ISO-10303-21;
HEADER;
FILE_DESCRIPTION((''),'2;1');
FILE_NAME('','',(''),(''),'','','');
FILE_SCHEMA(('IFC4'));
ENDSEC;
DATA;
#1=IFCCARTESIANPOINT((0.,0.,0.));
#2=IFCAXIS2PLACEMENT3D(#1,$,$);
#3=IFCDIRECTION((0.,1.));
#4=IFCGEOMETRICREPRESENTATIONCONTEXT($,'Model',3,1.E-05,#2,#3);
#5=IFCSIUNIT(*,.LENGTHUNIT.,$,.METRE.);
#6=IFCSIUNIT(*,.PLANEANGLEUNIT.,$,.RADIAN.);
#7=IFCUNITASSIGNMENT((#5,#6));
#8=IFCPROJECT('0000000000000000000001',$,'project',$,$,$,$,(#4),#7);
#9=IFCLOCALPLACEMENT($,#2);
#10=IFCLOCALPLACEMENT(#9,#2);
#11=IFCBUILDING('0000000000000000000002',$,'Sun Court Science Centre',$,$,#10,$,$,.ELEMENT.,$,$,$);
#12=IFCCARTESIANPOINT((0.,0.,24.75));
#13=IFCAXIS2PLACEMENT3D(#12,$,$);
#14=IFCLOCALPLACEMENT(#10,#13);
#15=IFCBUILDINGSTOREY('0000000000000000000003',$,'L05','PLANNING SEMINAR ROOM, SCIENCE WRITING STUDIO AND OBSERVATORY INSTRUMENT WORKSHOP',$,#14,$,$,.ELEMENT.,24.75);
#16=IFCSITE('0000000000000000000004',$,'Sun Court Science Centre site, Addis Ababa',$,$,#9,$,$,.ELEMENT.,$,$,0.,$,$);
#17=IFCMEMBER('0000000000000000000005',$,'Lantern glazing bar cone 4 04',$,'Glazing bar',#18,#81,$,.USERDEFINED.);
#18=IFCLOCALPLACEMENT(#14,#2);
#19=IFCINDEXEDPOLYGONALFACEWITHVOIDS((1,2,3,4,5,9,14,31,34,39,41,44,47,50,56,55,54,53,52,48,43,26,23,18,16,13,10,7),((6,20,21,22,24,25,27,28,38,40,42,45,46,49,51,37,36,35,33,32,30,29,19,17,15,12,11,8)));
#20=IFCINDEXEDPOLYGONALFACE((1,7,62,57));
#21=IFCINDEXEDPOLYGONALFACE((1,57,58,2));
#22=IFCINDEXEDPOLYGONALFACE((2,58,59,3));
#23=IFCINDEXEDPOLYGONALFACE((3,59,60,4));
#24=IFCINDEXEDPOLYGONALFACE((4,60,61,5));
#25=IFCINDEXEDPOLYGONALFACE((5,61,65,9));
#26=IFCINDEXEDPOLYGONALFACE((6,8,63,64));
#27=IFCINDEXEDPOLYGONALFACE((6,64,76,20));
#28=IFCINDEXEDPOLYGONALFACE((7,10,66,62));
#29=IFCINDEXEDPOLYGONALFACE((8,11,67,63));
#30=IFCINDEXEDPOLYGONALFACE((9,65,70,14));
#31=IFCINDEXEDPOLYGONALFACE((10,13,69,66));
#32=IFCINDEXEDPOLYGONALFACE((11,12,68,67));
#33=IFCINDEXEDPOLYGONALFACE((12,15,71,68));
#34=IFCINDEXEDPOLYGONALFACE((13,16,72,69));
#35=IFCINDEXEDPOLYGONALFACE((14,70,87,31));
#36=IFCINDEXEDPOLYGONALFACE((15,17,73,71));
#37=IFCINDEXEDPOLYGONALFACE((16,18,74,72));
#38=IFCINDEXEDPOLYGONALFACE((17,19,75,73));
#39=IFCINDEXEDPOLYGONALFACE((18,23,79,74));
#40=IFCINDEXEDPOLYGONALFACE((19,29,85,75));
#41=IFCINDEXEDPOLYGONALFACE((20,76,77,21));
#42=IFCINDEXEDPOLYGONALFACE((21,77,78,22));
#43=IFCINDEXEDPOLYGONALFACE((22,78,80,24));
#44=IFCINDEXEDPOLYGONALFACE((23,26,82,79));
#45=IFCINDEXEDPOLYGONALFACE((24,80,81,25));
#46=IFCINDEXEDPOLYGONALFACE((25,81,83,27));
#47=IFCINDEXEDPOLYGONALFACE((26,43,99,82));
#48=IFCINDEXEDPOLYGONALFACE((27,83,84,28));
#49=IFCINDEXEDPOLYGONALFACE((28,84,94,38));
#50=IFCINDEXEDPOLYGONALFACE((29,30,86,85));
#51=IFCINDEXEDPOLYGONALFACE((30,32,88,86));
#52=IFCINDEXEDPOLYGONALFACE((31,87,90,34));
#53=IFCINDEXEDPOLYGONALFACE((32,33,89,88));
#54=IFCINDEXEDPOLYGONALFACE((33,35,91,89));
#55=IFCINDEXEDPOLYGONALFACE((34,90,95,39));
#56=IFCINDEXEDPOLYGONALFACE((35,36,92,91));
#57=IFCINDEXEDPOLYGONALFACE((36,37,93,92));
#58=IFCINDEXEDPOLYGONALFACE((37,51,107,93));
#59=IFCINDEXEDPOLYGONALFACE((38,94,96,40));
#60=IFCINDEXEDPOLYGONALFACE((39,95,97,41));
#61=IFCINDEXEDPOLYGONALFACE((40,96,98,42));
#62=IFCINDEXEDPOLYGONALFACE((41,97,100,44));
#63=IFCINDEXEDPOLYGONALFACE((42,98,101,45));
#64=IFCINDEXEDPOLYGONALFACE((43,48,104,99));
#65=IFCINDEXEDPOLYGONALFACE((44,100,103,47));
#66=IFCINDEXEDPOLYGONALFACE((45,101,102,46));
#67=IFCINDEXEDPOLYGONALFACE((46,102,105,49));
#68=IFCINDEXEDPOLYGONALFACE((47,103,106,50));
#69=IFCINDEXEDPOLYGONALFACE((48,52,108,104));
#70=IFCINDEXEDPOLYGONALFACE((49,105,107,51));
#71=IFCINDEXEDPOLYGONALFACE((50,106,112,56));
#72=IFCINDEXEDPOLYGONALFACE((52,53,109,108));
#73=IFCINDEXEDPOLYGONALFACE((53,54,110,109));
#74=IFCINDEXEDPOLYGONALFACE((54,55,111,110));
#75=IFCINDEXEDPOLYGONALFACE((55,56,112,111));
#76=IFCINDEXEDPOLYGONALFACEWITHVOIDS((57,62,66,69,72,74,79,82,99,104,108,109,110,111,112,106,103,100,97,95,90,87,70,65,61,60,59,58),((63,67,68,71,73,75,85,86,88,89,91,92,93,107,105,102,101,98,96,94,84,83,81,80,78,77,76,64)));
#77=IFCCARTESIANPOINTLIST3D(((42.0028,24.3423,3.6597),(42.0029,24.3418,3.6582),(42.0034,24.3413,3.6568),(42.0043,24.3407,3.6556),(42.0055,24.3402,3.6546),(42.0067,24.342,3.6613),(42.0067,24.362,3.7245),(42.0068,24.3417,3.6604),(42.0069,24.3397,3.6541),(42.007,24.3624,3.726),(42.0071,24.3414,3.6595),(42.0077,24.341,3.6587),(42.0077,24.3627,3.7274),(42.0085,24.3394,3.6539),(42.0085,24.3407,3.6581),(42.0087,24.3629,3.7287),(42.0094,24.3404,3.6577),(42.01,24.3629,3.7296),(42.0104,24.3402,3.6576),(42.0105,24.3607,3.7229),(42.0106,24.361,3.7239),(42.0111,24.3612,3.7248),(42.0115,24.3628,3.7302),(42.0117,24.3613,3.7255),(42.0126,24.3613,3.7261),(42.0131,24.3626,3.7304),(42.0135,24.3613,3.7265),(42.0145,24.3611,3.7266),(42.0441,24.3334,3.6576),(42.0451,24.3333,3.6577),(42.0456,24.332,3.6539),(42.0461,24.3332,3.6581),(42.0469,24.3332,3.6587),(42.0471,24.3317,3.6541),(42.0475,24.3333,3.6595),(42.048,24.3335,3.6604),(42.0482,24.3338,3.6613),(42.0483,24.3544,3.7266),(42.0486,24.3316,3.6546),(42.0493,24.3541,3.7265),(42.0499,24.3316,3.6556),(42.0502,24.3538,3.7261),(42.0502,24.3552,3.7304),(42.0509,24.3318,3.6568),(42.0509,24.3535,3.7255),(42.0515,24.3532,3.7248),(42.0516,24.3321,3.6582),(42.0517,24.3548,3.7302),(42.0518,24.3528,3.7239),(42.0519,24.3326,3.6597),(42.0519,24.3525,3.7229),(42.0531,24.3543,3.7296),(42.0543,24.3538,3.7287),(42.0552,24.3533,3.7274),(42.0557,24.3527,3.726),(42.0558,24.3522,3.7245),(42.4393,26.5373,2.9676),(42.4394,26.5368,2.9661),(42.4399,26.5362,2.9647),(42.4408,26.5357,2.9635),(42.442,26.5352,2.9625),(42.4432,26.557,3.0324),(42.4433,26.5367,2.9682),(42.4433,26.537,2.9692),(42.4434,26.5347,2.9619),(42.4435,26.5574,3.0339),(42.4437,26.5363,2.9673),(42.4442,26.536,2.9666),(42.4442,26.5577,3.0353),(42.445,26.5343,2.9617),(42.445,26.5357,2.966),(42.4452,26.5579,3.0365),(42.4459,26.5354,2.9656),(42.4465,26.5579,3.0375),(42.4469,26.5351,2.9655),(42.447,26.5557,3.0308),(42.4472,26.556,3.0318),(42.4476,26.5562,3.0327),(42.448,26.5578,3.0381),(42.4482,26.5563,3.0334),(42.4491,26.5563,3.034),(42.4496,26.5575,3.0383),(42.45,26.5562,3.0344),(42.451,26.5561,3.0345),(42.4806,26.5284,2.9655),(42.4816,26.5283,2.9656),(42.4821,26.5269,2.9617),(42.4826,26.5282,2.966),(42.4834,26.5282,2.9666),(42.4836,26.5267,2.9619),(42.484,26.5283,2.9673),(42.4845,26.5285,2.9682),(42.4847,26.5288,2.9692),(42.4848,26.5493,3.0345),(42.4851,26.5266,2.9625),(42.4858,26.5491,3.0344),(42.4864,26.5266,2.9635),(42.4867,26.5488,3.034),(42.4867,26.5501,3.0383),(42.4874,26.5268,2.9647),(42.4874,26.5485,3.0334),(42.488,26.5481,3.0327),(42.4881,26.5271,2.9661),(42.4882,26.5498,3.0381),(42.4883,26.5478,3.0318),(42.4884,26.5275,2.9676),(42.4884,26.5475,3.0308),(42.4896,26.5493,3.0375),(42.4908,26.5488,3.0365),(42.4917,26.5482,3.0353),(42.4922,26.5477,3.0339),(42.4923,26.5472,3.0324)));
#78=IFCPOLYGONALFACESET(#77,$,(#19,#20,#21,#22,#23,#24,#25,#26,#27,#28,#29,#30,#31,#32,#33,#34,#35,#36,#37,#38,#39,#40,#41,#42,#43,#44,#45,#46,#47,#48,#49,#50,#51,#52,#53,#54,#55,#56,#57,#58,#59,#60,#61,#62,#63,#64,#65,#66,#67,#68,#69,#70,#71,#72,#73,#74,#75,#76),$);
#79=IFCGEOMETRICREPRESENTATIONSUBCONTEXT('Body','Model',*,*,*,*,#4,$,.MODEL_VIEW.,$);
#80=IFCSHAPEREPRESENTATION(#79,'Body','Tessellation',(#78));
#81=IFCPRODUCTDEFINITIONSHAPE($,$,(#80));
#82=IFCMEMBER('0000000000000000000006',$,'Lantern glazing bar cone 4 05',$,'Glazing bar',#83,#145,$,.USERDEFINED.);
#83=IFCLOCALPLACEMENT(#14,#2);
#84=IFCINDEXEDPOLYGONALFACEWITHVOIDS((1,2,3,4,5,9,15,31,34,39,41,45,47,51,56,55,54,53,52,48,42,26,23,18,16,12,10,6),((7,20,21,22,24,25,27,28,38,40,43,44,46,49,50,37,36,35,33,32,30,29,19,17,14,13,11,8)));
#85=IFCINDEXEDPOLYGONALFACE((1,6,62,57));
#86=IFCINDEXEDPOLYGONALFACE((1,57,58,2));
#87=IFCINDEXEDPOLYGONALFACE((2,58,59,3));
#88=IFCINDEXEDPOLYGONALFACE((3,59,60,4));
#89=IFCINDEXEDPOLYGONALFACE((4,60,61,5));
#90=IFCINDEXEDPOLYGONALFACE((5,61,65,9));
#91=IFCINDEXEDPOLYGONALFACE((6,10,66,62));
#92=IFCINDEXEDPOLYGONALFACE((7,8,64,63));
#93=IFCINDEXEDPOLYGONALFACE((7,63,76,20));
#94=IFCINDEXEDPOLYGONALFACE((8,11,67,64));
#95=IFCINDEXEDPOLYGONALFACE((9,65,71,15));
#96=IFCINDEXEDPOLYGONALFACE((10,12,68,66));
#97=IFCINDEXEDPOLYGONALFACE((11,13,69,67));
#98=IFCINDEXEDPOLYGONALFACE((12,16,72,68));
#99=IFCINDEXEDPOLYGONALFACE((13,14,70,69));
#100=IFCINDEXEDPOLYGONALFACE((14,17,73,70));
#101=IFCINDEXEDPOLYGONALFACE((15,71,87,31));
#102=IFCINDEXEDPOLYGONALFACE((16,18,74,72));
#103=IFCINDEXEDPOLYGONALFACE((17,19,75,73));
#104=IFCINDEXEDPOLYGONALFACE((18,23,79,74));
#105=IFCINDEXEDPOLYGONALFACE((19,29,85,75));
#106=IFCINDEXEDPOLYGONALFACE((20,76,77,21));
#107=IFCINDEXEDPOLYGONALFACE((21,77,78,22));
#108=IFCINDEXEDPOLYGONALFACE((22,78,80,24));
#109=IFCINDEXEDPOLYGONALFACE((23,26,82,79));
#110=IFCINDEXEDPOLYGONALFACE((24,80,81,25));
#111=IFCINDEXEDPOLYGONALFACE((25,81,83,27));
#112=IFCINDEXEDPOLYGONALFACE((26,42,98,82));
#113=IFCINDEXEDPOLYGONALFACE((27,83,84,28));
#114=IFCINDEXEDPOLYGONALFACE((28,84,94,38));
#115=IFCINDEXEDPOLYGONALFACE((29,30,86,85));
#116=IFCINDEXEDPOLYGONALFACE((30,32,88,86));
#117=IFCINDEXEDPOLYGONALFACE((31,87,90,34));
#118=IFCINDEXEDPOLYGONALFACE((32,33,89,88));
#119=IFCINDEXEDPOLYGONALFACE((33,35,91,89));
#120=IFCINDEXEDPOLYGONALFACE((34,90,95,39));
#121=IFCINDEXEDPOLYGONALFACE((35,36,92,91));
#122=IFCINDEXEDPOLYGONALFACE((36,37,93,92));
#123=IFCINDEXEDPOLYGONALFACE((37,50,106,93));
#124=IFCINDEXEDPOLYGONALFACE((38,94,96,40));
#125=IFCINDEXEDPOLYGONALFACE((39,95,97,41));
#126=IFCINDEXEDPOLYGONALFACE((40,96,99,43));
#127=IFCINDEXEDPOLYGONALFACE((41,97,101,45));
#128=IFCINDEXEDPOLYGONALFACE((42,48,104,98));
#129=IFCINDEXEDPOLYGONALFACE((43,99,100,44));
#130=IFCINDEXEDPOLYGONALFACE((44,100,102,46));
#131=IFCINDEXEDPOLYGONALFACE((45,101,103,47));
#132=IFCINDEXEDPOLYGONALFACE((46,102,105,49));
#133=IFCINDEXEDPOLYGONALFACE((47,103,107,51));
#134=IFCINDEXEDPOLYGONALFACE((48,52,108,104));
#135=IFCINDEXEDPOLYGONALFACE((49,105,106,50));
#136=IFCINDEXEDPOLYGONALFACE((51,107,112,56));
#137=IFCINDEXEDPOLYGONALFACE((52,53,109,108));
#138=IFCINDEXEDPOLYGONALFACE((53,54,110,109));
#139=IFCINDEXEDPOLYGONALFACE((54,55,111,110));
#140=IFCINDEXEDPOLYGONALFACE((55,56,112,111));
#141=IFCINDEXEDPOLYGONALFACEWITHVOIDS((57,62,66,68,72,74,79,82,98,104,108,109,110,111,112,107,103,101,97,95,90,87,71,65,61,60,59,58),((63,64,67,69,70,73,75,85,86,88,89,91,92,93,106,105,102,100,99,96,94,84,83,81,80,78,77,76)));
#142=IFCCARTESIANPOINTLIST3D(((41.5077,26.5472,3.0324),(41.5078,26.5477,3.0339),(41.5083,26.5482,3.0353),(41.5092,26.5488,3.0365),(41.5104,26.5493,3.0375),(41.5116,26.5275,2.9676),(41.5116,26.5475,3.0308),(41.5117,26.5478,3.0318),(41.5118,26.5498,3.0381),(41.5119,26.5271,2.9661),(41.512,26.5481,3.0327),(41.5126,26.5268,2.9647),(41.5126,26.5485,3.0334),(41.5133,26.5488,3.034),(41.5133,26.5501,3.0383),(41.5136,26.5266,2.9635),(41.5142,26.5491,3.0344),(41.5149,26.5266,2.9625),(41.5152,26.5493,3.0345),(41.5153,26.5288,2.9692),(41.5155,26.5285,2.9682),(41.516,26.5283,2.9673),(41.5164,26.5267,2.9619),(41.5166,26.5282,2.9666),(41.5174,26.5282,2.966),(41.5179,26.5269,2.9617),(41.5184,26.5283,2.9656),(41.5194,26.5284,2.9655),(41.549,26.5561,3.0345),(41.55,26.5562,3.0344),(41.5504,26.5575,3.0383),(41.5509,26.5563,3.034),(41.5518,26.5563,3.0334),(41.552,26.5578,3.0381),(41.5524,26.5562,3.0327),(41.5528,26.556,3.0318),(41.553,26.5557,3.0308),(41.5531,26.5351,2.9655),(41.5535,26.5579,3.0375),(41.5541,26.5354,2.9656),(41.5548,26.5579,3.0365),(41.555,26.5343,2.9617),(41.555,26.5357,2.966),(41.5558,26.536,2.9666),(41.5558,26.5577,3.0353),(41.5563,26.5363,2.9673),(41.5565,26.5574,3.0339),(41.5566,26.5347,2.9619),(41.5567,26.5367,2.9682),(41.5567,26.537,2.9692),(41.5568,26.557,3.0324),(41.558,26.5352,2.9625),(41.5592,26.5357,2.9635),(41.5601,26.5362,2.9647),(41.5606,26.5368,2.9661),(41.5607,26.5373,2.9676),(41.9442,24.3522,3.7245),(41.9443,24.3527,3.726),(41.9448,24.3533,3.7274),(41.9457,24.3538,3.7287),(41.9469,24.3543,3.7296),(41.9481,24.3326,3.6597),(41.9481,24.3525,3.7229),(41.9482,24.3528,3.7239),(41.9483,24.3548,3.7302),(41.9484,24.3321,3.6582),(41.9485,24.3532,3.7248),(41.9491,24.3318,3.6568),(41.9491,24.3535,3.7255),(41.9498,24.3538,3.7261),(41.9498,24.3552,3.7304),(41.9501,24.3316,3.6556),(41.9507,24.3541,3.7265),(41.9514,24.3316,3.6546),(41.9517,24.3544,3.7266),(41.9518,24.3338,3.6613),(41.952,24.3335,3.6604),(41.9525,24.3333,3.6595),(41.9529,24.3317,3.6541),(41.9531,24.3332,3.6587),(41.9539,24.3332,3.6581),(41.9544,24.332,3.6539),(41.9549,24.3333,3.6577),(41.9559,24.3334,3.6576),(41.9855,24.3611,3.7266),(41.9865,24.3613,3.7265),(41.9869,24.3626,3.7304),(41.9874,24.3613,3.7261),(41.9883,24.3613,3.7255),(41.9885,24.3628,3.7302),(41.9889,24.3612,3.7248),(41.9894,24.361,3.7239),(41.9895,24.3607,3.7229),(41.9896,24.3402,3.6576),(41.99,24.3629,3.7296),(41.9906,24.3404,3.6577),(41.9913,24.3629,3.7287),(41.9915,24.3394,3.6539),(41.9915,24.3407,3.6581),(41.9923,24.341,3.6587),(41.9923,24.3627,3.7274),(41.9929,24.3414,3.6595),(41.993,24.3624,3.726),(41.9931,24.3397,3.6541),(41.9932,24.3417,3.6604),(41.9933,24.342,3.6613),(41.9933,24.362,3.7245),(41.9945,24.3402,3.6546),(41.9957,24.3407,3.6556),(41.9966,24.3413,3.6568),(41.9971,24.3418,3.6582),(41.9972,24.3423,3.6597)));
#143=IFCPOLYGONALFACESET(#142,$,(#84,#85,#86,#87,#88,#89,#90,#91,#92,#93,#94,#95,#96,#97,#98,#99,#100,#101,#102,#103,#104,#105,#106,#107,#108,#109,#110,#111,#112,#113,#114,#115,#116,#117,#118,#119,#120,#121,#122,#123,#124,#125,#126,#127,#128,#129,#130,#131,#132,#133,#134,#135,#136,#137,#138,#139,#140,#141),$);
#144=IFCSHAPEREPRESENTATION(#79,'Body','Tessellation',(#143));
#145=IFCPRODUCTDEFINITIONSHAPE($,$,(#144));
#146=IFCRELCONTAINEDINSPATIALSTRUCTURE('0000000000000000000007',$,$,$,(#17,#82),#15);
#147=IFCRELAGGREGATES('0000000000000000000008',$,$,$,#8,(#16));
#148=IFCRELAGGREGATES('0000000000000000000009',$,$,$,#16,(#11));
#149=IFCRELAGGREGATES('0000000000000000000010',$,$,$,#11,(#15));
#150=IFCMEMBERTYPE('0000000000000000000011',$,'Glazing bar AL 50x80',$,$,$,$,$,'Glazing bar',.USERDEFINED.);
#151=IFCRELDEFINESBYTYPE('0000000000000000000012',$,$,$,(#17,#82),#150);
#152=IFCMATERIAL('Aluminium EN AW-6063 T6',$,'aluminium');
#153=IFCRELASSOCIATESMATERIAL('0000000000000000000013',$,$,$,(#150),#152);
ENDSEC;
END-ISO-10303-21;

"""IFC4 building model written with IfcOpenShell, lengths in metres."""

from ifc_helpers import new_model, si_unit, direction, frame, origin, origin_2d, place, context, subcontext, project, spatial, hollow_rectangle, extrude, material, material_profile, profile_set, type_object, element, save


model = new_model("IFC4")

# Units and contexts
model_context = context("Model", 3, precision=1e-05, world=origin(), true_north=direction((0.0, 1.0)))
body_context = subcontext(model_context, "Body", "Model", "MODEL_VIEW")
ifc_project = project(units=[si_unit("LENGTHUNIT", "METRE"), si_unit("PLANEANGLEUNIT", "RADIAN")], contexts=[model_context])

# Site, building, storey
site_placement = place(None, origin())
site = spatial("IfcSite", under=ifc_project, at=site_placement, Name="Sun Court Science Centre site, Addis Ababa", CompositionType="ELEMENT", RefElevation=0.0)
building_placement = place(site_placement, origin())
building = spatial("IfcBuilding", under=site, at=building_placement, Name="Sun Court Science Centre", CompositionType="ELEMENT")
storey_placement = place(building_placement, frame((0.0, 0.0, 24.75)))
storey = spatial("IfcBuildingStorey", under=building, at=storey_placement, Name="L05", Description="PLANNING SEMINAR ROOM, SCIENCE WRITING STUDIO AND OBSERVATORY INSTRUMENT WORKSHOP", CompositionType="ELEMENT", Elevation=24.75)

# Members
ifc_material_1 = material(Name="Aluminium EN AW-6063 T6", Category="aluminium")
ifc_material_profile_1 = material_profile(ifc_material_1, hollow_rectangle(XDim=0.05, YDim=0.0801, WallThickness=0.0039, InnerFilletRadius=0.0039, OuterFilletRadius=0.0061, at=origin_2d()), Name="AL 50x80x4")
ifc_profile_set_1 = profile_set([ifc_material_profile_1], Name="Aluminium EN AW-6063 T6")
member_type_1 = type_object("IfcMemberType", Name="Glazing bar AL 50x80", ElementType="Glazing bar", PredefinedType="USERDEFINED", material=ifc_profile_set_1)
for number, where, z_axis, x_axis, name in (
    (1, (42.4658, 26.5422, 3.0), (-0.186339, -0.937009, 0.295453), (0.980794, -0.195046, 0.0), "Lantern glazing bar cone 4 04"),
    (2, (41.5342, 26.5422, 3.0), (0.186339, -0.937009, 0.295453), (0.980794, 0.195046, 0.0), "Lantern glazing bar cone 4 05"),
):
    element("IfcMember", number, at=place(storey_placement, frame(where, z_axis=z_axis, x_axis=x_axis)), inside=storey, type_object=member_type_1, Name=name, ObjectType="Glazing bar", PredefinedType="USERDEFINED", context=body_context, shape_type="SweptSolid", body=[
        extrude(hollow_rectangle(XDim=0.05, YDim=0.0801, WallThickness=0.0039, InnerFilletRadius=0.0039, OuterFilletRadius=0.0061, at=origin_2d()), origin(), (0.0, 0.0, 1.0), 2.3425),
    ])

save(model, "model.ifc")
